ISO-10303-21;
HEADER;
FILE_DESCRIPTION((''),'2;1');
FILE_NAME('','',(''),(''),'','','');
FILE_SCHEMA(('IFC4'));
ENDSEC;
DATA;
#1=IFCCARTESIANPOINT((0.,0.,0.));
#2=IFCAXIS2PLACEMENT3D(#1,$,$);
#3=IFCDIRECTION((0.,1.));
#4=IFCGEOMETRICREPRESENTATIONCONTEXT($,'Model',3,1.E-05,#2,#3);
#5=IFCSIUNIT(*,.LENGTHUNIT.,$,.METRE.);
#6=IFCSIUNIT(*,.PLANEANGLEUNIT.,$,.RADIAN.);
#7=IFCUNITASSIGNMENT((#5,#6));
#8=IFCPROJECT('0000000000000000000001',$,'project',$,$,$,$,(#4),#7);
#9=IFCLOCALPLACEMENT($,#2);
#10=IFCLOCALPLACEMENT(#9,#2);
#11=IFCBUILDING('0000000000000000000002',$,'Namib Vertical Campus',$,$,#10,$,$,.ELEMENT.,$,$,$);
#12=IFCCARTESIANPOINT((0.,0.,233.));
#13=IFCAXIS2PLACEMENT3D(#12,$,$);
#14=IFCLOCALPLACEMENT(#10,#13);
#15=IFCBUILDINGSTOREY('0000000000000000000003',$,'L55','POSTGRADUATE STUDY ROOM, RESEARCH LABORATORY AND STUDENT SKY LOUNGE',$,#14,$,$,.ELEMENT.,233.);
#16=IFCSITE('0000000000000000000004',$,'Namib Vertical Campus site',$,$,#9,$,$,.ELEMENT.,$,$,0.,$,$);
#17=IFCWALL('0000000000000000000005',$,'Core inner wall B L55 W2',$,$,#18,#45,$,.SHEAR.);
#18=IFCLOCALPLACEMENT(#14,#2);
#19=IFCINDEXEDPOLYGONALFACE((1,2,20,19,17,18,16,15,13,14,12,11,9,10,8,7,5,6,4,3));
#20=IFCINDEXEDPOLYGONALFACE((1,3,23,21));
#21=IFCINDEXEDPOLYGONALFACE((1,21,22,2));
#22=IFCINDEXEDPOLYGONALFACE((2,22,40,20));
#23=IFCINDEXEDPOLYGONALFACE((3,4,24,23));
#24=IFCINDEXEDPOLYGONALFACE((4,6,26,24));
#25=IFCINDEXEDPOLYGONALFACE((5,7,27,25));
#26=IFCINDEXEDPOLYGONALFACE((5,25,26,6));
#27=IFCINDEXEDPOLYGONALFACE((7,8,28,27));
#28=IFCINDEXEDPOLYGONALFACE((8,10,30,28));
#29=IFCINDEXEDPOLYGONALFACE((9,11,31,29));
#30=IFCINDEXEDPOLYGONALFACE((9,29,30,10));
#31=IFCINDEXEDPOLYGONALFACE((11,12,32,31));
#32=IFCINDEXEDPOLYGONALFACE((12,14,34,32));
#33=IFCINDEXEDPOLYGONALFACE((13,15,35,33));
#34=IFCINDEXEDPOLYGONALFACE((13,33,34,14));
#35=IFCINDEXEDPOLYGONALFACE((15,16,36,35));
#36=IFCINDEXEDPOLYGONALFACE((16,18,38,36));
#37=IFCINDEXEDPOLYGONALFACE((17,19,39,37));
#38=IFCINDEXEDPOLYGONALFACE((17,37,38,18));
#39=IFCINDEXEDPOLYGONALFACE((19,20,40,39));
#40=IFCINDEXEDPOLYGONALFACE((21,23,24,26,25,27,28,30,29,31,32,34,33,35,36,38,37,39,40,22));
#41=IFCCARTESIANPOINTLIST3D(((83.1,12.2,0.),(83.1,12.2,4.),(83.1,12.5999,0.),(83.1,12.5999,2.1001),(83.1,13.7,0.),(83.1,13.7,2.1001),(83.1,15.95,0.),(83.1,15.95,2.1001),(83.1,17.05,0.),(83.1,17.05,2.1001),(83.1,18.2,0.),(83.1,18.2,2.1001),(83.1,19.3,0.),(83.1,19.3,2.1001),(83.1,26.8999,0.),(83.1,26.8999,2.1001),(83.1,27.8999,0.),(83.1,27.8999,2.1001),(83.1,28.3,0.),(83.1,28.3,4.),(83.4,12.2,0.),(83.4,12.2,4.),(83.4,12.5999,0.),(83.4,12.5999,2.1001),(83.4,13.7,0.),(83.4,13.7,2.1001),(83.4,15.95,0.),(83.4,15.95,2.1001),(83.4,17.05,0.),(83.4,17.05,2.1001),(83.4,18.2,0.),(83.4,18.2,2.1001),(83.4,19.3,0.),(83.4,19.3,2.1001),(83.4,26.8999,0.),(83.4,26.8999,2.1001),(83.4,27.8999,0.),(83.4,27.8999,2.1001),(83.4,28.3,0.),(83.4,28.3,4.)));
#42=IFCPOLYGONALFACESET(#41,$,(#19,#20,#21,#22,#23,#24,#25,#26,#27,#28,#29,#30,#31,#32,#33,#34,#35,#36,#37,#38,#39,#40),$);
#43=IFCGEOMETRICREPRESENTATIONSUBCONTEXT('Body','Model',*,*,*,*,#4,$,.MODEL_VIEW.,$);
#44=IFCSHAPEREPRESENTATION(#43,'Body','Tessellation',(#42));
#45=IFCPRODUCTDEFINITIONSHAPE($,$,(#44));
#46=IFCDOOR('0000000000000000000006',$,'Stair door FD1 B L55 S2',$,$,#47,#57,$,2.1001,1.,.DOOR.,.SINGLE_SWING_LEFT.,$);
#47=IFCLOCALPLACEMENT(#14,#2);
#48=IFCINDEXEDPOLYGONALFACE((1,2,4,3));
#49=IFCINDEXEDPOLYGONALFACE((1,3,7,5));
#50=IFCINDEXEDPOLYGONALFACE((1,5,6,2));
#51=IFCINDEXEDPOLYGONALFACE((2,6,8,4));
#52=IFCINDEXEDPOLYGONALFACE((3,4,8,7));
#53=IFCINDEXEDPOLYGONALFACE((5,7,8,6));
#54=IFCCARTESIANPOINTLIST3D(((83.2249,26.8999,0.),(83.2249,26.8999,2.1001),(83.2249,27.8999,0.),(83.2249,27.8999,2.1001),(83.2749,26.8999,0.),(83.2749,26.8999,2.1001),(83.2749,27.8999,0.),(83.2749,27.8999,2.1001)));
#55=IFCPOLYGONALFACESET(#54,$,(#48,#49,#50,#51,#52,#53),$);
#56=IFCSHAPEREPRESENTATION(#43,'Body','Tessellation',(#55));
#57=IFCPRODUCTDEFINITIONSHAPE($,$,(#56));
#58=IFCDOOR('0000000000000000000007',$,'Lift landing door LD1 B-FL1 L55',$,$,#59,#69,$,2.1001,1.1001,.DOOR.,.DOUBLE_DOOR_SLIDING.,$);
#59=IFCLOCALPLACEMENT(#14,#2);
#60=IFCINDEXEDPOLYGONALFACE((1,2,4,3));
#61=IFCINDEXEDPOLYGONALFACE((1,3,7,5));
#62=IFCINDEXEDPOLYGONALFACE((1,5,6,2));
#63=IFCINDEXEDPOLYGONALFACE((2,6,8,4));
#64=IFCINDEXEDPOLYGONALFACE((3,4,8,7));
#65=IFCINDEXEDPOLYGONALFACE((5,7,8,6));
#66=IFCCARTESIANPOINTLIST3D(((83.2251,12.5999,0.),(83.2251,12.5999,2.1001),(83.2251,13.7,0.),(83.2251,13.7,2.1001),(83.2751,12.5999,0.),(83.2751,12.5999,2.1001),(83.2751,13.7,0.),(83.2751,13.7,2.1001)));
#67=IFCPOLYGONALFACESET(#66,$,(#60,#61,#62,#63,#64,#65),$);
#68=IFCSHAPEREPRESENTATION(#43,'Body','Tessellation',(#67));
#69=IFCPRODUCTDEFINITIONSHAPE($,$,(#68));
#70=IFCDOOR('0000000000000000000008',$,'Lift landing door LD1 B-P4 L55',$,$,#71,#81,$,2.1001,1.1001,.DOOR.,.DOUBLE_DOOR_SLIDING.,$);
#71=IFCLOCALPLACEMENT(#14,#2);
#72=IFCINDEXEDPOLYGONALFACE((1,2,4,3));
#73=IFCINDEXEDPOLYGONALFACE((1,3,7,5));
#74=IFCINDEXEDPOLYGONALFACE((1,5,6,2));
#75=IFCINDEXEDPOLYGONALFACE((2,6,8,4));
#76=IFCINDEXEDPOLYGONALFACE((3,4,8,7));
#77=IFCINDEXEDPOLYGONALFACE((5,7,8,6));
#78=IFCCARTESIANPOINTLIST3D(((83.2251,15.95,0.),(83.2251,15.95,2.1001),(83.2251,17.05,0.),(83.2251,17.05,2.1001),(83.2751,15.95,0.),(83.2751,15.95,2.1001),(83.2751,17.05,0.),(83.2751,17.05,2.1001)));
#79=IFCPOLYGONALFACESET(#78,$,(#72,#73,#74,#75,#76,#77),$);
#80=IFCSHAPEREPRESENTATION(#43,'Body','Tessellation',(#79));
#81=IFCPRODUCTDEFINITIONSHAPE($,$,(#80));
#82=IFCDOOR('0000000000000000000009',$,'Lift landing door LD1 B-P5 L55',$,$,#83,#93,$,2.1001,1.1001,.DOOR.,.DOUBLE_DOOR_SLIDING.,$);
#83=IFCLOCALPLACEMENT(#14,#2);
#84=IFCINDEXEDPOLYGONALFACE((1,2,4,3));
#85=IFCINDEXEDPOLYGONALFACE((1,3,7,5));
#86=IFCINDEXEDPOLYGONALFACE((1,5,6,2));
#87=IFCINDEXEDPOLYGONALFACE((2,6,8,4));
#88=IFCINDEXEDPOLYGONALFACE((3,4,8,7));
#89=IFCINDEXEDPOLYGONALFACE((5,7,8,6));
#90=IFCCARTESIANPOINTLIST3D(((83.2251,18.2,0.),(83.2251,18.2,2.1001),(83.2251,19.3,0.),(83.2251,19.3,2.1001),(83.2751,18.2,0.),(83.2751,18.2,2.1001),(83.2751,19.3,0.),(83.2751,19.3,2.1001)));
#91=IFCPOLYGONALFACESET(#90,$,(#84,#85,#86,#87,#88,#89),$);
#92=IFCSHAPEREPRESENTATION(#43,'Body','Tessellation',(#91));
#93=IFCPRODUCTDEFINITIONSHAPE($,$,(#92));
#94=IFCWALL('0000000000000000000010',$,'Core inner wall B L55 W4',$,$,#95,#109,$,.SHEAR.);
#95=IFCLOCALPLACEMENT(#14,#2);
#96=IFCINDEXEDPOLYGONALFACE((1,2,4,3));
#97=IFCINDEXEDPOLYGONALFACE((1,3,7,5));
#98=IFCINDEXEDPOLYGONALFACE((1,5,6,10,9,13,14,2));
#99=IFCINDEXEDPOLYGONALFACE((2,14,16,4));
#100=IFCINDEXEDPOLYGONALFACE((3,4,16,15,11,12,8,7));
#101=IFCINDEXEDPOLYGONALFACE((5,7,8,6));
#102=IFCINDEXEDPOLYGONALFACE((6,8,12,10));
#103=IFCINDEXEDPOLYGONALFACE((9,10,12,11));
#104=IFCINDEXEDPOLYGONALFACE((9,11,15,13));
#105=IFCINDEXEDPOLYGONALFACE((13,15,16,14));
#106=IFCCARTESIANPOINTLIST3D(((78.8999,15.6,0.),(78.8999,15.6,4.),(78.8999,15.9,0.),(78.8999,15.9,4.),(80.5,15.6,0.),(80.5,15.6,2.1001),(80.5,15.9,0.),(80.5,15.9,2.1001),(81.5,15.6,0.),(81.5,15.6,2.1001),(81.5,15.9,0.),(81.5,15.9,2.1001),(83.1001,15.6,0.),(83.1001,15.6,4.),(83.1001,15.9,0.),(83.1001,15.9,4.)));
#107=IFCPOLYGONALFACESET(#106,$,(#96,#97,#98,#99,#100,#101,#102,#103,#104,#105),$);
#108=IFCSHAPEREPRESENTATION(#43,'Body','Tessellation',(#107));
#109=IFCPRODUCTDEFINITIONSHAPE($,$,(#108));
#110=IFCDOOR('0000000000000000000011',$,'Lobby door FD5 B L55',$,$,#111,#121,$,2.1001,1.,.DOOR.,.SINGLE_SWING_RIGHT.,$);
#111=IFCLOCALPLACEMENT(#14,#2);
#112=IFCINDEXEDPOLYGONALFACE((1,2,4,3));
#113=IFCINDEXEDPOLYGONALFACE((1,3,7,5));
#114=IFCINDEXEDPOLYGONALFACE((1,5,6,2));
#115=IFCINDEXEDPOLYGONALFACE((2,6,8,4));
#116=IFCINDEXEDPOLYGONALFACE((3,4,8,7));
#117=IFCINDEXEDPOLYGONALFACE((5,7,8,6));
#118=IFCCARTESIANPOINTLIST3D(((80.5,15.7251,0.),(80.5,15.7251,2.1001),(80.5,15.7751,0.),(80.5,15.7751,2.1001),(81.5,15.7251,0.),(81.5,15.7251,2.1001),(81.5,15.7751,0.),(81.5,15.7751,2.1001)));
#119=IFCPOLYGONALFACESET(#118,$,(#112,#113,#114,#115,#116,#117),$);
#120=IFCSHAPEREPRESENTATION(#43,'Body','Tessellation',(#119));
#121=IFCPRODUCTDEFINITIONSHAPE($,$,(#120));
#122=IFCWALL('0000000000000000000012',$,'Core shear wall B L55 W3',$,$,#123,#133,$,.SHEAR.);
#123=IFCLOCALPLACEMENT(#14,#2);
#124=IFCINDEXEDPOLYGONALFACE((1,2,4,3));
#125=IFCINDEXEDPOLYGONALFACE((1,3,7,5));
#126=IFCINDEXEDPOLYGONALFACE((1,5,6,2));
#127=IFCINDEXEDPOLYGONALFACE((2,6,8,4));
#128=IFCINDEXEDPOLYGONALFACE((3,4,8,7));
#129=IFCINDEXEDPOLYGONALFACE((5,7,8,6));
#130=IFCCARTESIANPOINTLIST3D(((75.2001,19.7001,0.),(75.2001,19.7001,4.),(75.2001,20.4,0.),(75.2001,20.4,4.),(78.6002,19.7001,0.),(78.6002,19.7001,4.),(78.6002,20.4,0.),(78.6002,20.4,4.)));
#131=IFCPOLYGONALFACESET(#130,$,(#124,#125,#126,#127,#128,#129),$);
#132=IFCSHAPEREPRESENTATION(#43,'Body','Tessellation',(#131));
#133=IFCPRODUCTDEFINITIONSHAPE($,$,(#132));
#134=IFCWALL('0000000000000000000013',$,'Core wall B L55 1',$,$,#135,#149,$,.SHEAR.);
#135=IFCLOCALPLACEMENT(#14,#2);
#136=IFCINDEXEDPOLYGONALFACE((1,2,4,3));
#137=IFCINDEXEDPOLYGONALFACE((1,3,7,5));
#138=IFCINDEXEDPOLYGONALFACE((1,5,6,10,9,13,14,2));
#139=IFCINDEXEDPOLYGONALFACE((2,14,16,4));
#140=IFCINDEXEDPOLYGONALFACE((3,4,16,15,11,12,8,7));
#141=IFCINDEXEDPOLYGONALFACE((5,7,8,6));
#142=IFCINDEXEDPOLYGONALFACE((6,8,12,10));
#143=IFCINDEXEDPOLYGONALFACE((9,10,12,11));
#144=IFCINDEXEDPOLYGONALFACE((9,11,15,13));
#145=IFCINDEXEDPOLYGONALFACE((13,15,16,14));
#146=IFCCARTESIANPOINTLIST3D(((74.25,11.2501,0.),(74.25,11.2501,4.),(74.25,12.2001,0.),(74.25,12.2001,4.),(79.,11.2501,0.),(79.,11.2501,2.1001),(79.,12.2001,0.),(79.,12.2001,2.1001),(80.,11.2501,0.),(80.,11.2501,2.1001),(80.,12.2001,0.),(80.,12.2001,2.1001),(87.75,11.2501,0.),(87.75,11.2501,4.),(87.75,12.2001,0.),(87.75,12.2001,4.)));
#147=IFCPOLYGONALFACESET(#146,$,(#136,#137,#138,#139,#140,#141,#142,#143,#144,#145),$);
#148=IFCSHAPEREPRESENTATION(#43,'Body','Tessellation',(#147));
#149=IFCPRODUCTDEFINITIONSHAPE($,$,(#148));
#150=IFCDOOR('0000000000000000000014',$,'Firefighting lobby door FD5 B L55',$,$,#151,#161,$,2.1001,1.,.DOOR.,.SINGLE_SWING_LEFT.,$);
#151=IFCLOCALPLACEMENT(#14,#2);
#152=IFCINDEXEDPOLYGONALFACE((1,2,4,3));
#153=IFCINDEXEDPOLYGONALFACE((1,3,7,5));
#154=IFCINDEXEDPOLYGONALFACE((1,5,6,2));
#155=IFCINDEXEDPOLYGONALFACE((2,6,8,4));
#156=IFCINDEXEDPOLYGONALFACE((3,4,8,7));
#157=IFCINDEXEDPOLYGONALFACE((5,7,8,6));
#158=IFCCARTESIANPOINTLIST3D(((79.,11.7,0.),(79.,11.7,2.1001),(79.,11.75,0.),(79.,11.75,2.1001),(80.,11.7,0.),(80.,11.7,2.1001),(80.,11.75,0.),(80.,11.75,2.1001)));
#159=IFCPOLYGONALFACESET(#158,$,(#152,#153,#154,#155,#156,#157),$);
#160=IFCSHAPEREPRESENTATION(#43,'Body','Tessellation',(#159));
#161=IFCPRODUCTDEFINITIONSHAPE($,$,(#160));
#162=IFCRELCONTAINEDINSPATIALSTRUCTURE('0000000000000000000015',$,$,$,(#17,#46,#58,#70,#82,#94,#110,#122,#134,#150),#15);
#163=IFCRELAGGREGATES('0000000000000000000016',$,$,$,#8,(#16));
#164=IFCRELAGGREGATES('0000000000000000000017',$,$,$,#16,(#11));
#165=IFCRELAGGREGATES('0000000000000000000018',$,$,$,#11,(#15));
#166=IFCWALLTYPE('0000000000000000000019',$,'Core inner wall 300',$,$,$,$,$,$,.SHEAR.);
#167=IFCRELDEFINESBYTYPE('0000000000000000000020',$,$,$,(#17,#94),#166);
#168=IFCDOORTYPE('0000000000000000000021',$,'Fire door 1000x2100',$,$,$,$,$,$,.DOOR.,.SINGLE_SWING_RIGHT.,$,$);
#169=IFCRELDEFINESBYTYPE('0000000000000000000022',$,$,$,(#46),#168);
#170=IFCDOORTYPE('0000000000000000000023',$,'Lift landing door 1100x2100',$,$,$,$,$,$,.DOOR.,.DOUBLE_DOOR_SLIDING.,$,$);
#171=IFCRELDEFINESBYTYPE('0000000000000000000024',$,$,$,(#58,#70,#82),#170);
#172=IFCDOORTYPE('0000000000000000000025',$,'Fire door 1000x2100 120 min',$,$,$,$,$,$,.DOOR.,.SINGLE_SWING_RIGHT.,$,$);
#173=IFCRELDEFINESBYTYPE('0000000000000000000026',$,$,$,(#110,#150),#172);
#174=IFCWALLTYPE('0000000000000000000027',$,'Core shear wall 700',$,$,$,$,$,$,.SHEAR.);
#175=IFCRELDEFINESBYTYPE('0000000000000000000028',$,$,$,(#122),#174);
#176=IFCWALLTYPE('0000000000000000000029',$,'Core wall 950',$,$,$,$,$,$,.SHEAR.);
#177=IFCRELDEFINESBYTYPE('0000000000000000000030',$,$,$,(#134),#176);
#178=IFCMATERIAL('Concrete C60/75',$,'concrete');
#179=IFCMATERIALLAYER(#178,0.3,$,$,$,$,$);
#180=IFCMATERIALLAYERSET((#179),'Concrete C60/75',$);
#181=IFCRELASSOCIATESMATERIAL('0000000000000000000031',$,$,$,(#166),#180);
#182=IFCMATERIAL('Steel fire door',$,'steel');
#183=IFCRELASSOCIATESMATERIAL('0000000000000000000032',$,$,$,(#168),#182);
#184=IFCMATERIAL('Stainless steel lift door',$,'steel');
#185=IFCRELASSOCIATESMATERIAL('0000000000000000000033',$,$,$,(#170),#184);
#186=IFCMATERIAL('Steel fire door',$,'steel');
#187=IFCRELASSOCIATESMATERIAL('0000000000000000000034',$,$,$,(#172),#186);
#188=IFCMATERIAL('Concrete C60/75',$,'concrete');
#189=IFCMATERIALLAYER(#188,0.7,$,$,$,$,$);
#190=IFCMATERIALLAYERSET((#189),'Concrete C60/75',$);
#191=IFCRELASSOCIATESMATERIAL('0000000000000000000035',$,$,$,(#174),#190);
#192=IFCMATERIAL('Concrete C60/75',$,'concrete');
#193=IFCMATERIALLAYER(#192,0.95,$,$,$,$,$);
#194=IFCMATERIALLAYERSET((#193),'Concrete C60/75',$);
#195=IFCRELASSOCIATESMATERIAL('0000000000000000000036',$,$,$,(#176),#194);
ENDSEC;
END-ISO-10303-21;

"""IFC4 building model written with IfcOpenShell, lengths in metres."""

from ifc_helpers import new_model, si_unit, direction, frame, frame_2d, origin, place, context, subcontext, project, spatial, rectangle, extrude, material, layer, layer_set, type_object, element, fill, save


model = new_model("IFC4")

# Units and contexts
model_context = context("Model", 3, precision=1e-05, world=origin(), true_north=direction((0.0, 1.0)))
body_context = subcontext(model_context, "Body", "Model", "MODEL_VIEW")
ifc_project = project(units=[si_unit("LENGTHUNIT", "METRE"), si_unit("PLANEANGLEUNIT", "RADIAN")], contexts=[model_context])

# Site, building, storey
site_placement = place(None, origin())
site = spatial("IfcSite", under=ifc_project, at=site_placement, Name="Namib Vertical Campus site", CompositionType="ELEMENT", RefElevation=0.0)
building_placement = place(site_placement, origin())
building = spatial("IfcBuilding", under=site, at=building_placement, Name="Namib Vertical Campus", CompositionType="ELEMENT")
storey_placement = place(building_placement, frame((0.0, 0.0, 233.0)))
storey = spatial("IfcBuildingStorey", under=building, at=storey_placement, Name="L55", Description="POSTGRADUATE STUDY ROOM, RESEARCH LABORATORY AND STUDENT SKY LOUNGE", CompositionType="ELEMENT", Elevation=233.0)

# Wall, openings, doors
ifc_material_1 = material(Name="Concrete C60/75", Category="concrete")
ifc_layer_1 = layer(ifc_material_1, 0.3)
ifc_layer_set_1 = layer_set([ifc_layer_1], Name="Concrete C60/75")
wall_type_1 = type_object("IfcWallType", Name="Core inner wall 300", PredefinedType="SHEAR", material=ifc_layer_set_1)
ifc_material_2 = material(Name="Steel fire door", Category="steel")
door_type_1 = type_object("IfcDoorType", Name="Fire door 1000x2100", OperationType="SINGLE_SWING_RIGHT", PredefinedType="DOOR", material=ifc_material_2)
ifc_material_3 = material(Name="Stainless steel lift door", Category="steel")
door_type_2 = type_object("IfcDoorType", Name="Lift landing door 1100x2100", OperationType="DOUBLE_DOOR_SLIDING", PredefinedType="DOOR", material=ifc_material_3)
wall_1_placement = place(storey_placement, frame((83.25, 12.2, 0.0), z_axis=(0.0, 0.0, 1.0), x_axis=(0.0, 1.0, 0.0)))
wall_1 = element("IfcWall", 1, at=wall_1_placement, inside=storey, type_object=wall_type_1, Name="Core inner wall B L55 W2", PredefinedType="SHEAR", context=body_context, shape_type="SweptSolid", body=[
    extrude(rectangle(XDim=16.1001, YDim=0.3, at=frame_2d((8.05, 0.0))), origin(), (0.0, 0.0, 1.0), 4.0),
])
opening_1_placement = place(wall_1_placement, frame((14.7, 0.0, 0.0)))
opening_1 = element("IfcOpeningElement", 2, at=opening_1_placement, cuts=wall_1, PredefinedType="OPENING", context=body_context, shape_type="SweptSolid", body=[
    extrude(rectangle(XDim=1.0, YDim=2.1001, at=frame_2d((0.5, 1.05))), frame((0.0, 0.1599, 0.0), z_axis=(0.0, -1.0, 0.0), x_axis=(1.0, 0.0, 0.0)), (0.0, 0.0, 1.0), 0.3201),
])
opening_2_placement = place(wall_1_placement, frame((0.3999, 0.0, 0.0)))
opening_2 = element("IfcOpeningElement", 3, at=opening_2_placement, cuts=wall_1, PredefinedType="OPENING", context=body_context, shape_type="SweptSolid", body=[
    extrude(rectangle(XDim=1.1001, YDim=2.1001, at=frame_2d((0.55, 1.05))), frame((0.0, 0.1599, 0.0), z_axis=(0.0, -1.0, 0.0), x_axis=(1.0, 0.0, 0.0)), (0.0, 0.0, 1.0), 0.3201),
])
opening_3_placement = place(wall_1_placement, frame((3.75, 0.0, 0.0)))
opening_3 = element("IfcOpeningElement", 4, at=opening_3_placement, cuts=wall_1, PredefinedType="OPENING", context=body_context, shape_type="SweptSolid", body=[
    extrude(rectangle(XDim=1.1001, YDim=2.1001, at=frame_2d((0.55, 1.05))), frame((0.0, 0.1599, 0.0), z_axis=(0.0, -1.0, 0.0), x_axis=(1.0, 0.0, 0.0)), (0.0, 0.0, 1.0), 0.3201),
])
opening_4_placement = place(wall_1_placement, frame((6.0, 0.0, 0.0)))
opening_4 = element("IfcOpeningElement", 5, at=opening_4_placement, cuts=wall_1, PredefinedType="OPENING", context=body_context, shape_type="SweptSolid", body=[
    extrude(rectangle(XDim=1.1001, YDim=2.1001, at=frame_2d((0.55, 1.05))), frame((0.0, 0.1599, 0.0), z_axis=(0.0, -1.0, 0.0), x_axis=(1.0, 0.0, 0.0)), (0.0, 0.0, 1.0), 0.3201),
])
door_1_placement = place(opening_1_placement, frame((1.0, 0.0, 0.0), z_axis=(0.0, 0.0, 1.0), x_axis=(-1.0, 0.0, 0.0)))
door_1 = element("IfcDoor", 6, at=door_1_placement, inside=storey, type_object=door_type_1, Name="Stair door FD1 B L55 S2", OperationType="SINGLE_SWING_LEFT", OverallHeight=2.1001, OverallWidth=1.0, PredefinedType="DOOR", context=body_context, shape_type="SweptSolid", body=[
    extrude(rectangle(XDim=1.0, YDim=2.1001, at=frame_2d((0.5, 1.05))), frame((0.0, 0.0249, 0.0), z_axis=(0.0, -1.0, 0.0), x_axis=(1.0, 0.0, 0.0)), (0.0, 0.0, 1.0), 0.05),
])
fill(opening_1, door_1)
door_2_placement = place(opening_2_placement, origin())
door_2 = element("IfcDoor", 7, at=door_2_placement, inside=storey, type_object=door_type_2, Name="Lift landing door LD1 B-FL1 L55", OperationType="DOUBLE_DOOR_SLIDING", OverallHeight=2.1001, OverallWidth=1.1001, PredefinedType="DOOR", context=body_context, shape_type="SweptSolid", body=[
    extrude(rectangle(XDim=1.1001, YDim=2.1001, at=frame_2d((0.55, 1.05))), frame((0.0, 0.0249, 0.0), z_axis=(0.0, -1.0, 0.0), x_axis=(1.0, 0.0, 0.0)), (0.0, 0.0, 1.0), 0.05),
])
fill(opening_2, door_2)
door_3_placement = place(opening_3_placement, origin())
door_3 = element("IfcDoor", 8, at=door_3_placement, inside=storey, type_object=door_type_2, Name="Lift landing door LD1 B-P4 L55", OperationType="DOUBLE_DOOR_SLIDING", OverallHeight=2.1001, OverallWidth=1.1001, PredefinedType="DOOR", context=body_context, shape_type="SweptSolid", body=[
    extrude(rectangle(XDim=1.1001, YDim=2.1001, at=frame_2d((0.55, 1.05))), frame((0.0, 0.0249, 0.0), z_axis=(0.0, -1.0, 0.0), x_axis=(1.0, 0.0, 0.0)), (0.0, 0.0, 1.0), 0.05),
])
fill(opening_3, door_3)
door_4_placement = place(opening_4_placement, origin())
door_4 = element("IfcDoor", 9, at=door_4_placement, inside=storey, type_object=door_type_2, Name="Lift landing door LD1 B-P5 L55", OperationType="DOUBLE_DOOR_SLIDING", OverallHeight=2.1001, OverallWidth=1.1001, PredefinedType="DOOR", context=body_context, shape_type="SweptSolid", body=[
    extrude(rectangle(XDim=1.1001, YDim=2.1001, at=frame_2d((0.55, 1.05))), frame((0.0, 0.0249, 0.0), z_axis=(0.0, -1.0, 0.0), x_axis=(1.0, 0.0, 0.0)), (0.0, 0.0, 1.0), 0.05),
])
fill(opening_4, door_4)

# Wall, opening, door
wall_2_placement = place(storey_placement, frame((78.8999, 15.75, 0.0), z_axis=(0.0, 0.0, 1.0), x_axis=(1.0, 0.0, 0.0)))
wall_2 = element("IfcWall", 10, at=wall_2_placement, inside=storey, type_object=wall_type_1, Name="Core inner wall B L55 W4", PredefinedType="SHEAR", context=body_context, shape_type="SweptSolid", body=[
    extrude(rectangle(XDim=4.2002, YDim=0.3, at=frame_2d((2.1001, 0.0))), origin(), (0.0, 0.0, 1.0), 4.0),
])
opening_5_placement = place(wall_2_placement, frame((1.6001, 0.0, 0.0)))
opening_5 = element("IfcOpeningElement", 11, at=opening_5_placement, cuts=wall_2, PredefinedType="OPENING", context=body_context, shape_type="SweptSolid", body=[
    extrude(rectangle(XDim=1.0, YDim=2.1001, at=frame_2d((0.5, 1.05))), frame((0.0, 0.1599, 0.0), z_axis=(0.0, -1.0, 0.0), x_axis=(1.0, 0.0, 0.0)), (0.0, 0.0, 1.0), 0.3201),
])
ifc_material_4 = material(Name="Steel fire door", Category="steel")
door_type_3 = type_object("IfcDoorType", Name="Fire door 1000x2100 120 min", OperationType="SINGLE_SWING_RIGHT", PredefinedType="DOOR", material=ifc_material_4)
door_5_placement = place(opening_5_placement, frame((1.0, 0.0, 0.0), z_axis=(0.0, 0.0, 1.0), x_axis=(-1.0, 0.0, 0.0)))
door_5 = element("IfcDoor", 12, at=door_5_placement, inside=storey, type_object=door_type_3, Name="Lobby door FD5 B L55", OperationType="SINGLE_SWING_RIGHT", OverallHeight=2.1001, OverallWidth=1.0, PredefinedType="DOOR", context=body_context, shape_type="SweptSolid", body=[
    extrude(rectangle(XDim=1.0, YDim=2.1001, at=frame_2d((0.5, 1.05))), frame((0.0, 0.0249, 0.0), z_axis=(0.0, -1.0, 0.0), x_axis=(1.0, 0.0, 0.0)), (0.0, 0.0, 1.0), 0.05),
])
fill(opening_5, door_5)

# Wall
ifc_material_5 = material(Name="Concrete C60/75", Category="concrete")
ifc_layer_2 = layer(ifc_material_5, 0.7)
ifc_layer_set_2 = layer_set([ifc_layer_2], Name="Concrete C60/75")
wall_type_2 = type_object("IfcWallType", Name="Core shear wall 700", PredefinedType="SHEAR", material=ifc_layer_set_2)
wall_3_placement = place(storey_placement, frame((75.2, 20.05, 0.0), z_axis=(0.0, 0.0, 1.0), x_axis=(1.0, 0.0, 0.0)))
element("IfcWall", 13, at=wall_3_placement, inside=storey, type_object=wall_type_2, Name="Core shear wall B L55 W3", PredefinedType="SHEAR", context=body_context, shape_type="SweptSolid", body=[
    extrude(rectangle(XDim=3.4001, YDim=0.7, at=frame_2d((1.7002, 0.0))), origin(), (0.0, 0.0, 1.0), 4.0),
])

# Wall, opening, door
ifc_material_6 = material(Name="Concrete C60/75", Category="concrete")
ifc_layer_3 = layer(ifc_material_6, 0.95)
ifc_layer_set_3 = layer_set([ifc_layer_3], Name="Concrete C60/75")
wall_type_3 = type_object("IfcWallType", Name="Core wall 950", PredefinedType="SHEAR", material=ifc_layer_set_3)
wall_4_placement = place(storey_placement, frame((74.25, 11.7251, 0.0), z_axis=(0.0, 0.0, 1.0), x_axis=(1.0, 0.0, 0.0)))
wall_4 = element("IfcWall", 14, at=wall_4_placement, inside=storey, type_object=wall_type_3, Name="Core wall B L55 1", PredefinedType="SHEAR", context=body_context, shape_type="SweptSolid", body=[
    extrude(rectangle(XDim=13.5, YDim=0.95, at=frame_2d((6.75, 0.0))), origin(), (0.0, 0.0, 1.0), 4.0),
])
opening_6_placement = place(wall_4_placement, frame((4.75, 0.0, 0.0)))
opening_6 = element("IfcOpeningElement", 15, at=opening_6_placement, cuts=wall_4, PredefinedType="OPENING", context=body_context, shape_type="SweptSolid", body=[
    extrude(rectangle(XDim=1.0, YDim=2.1001, at=frame_2d((0.5, 1.05))), frame((0.0, 0.4849, 0.0), z_axis=(0.0, -1.0, 0.0), x_axis=(1.0, 0.0, 0.0)), (0.0, 0.0, 1.0), 0.97),
])
door_6_placement = place(opening_6_placement, origin())
door_6 = element("IfcDoor", 16, at=door_6_placement, inside=storey, type_object=door_type_3, Name="Firefighting lobby door FD5 B L55", OperationType="SINGLE_SWING_LEFT", OverallHeight=2.1001, OverallWidth=1.0, PredefinedType="DOOR", context=body_context, shape_type="SweptSolid", body=[
    extrude(rectangle(XDim=1.0, YDim=2.1001, at=frame_2d((0.5, 1.05))), frame((0.0, 0.0249, 0.0), z_axis=(0.0, -1.0, 0.0), x_axis=(1.0, 0.0, 0.0)), (0.0, 0.0, 1.0), 0.05),
])
fill(opening_6, door_6)

save(model, "model.ifc")
